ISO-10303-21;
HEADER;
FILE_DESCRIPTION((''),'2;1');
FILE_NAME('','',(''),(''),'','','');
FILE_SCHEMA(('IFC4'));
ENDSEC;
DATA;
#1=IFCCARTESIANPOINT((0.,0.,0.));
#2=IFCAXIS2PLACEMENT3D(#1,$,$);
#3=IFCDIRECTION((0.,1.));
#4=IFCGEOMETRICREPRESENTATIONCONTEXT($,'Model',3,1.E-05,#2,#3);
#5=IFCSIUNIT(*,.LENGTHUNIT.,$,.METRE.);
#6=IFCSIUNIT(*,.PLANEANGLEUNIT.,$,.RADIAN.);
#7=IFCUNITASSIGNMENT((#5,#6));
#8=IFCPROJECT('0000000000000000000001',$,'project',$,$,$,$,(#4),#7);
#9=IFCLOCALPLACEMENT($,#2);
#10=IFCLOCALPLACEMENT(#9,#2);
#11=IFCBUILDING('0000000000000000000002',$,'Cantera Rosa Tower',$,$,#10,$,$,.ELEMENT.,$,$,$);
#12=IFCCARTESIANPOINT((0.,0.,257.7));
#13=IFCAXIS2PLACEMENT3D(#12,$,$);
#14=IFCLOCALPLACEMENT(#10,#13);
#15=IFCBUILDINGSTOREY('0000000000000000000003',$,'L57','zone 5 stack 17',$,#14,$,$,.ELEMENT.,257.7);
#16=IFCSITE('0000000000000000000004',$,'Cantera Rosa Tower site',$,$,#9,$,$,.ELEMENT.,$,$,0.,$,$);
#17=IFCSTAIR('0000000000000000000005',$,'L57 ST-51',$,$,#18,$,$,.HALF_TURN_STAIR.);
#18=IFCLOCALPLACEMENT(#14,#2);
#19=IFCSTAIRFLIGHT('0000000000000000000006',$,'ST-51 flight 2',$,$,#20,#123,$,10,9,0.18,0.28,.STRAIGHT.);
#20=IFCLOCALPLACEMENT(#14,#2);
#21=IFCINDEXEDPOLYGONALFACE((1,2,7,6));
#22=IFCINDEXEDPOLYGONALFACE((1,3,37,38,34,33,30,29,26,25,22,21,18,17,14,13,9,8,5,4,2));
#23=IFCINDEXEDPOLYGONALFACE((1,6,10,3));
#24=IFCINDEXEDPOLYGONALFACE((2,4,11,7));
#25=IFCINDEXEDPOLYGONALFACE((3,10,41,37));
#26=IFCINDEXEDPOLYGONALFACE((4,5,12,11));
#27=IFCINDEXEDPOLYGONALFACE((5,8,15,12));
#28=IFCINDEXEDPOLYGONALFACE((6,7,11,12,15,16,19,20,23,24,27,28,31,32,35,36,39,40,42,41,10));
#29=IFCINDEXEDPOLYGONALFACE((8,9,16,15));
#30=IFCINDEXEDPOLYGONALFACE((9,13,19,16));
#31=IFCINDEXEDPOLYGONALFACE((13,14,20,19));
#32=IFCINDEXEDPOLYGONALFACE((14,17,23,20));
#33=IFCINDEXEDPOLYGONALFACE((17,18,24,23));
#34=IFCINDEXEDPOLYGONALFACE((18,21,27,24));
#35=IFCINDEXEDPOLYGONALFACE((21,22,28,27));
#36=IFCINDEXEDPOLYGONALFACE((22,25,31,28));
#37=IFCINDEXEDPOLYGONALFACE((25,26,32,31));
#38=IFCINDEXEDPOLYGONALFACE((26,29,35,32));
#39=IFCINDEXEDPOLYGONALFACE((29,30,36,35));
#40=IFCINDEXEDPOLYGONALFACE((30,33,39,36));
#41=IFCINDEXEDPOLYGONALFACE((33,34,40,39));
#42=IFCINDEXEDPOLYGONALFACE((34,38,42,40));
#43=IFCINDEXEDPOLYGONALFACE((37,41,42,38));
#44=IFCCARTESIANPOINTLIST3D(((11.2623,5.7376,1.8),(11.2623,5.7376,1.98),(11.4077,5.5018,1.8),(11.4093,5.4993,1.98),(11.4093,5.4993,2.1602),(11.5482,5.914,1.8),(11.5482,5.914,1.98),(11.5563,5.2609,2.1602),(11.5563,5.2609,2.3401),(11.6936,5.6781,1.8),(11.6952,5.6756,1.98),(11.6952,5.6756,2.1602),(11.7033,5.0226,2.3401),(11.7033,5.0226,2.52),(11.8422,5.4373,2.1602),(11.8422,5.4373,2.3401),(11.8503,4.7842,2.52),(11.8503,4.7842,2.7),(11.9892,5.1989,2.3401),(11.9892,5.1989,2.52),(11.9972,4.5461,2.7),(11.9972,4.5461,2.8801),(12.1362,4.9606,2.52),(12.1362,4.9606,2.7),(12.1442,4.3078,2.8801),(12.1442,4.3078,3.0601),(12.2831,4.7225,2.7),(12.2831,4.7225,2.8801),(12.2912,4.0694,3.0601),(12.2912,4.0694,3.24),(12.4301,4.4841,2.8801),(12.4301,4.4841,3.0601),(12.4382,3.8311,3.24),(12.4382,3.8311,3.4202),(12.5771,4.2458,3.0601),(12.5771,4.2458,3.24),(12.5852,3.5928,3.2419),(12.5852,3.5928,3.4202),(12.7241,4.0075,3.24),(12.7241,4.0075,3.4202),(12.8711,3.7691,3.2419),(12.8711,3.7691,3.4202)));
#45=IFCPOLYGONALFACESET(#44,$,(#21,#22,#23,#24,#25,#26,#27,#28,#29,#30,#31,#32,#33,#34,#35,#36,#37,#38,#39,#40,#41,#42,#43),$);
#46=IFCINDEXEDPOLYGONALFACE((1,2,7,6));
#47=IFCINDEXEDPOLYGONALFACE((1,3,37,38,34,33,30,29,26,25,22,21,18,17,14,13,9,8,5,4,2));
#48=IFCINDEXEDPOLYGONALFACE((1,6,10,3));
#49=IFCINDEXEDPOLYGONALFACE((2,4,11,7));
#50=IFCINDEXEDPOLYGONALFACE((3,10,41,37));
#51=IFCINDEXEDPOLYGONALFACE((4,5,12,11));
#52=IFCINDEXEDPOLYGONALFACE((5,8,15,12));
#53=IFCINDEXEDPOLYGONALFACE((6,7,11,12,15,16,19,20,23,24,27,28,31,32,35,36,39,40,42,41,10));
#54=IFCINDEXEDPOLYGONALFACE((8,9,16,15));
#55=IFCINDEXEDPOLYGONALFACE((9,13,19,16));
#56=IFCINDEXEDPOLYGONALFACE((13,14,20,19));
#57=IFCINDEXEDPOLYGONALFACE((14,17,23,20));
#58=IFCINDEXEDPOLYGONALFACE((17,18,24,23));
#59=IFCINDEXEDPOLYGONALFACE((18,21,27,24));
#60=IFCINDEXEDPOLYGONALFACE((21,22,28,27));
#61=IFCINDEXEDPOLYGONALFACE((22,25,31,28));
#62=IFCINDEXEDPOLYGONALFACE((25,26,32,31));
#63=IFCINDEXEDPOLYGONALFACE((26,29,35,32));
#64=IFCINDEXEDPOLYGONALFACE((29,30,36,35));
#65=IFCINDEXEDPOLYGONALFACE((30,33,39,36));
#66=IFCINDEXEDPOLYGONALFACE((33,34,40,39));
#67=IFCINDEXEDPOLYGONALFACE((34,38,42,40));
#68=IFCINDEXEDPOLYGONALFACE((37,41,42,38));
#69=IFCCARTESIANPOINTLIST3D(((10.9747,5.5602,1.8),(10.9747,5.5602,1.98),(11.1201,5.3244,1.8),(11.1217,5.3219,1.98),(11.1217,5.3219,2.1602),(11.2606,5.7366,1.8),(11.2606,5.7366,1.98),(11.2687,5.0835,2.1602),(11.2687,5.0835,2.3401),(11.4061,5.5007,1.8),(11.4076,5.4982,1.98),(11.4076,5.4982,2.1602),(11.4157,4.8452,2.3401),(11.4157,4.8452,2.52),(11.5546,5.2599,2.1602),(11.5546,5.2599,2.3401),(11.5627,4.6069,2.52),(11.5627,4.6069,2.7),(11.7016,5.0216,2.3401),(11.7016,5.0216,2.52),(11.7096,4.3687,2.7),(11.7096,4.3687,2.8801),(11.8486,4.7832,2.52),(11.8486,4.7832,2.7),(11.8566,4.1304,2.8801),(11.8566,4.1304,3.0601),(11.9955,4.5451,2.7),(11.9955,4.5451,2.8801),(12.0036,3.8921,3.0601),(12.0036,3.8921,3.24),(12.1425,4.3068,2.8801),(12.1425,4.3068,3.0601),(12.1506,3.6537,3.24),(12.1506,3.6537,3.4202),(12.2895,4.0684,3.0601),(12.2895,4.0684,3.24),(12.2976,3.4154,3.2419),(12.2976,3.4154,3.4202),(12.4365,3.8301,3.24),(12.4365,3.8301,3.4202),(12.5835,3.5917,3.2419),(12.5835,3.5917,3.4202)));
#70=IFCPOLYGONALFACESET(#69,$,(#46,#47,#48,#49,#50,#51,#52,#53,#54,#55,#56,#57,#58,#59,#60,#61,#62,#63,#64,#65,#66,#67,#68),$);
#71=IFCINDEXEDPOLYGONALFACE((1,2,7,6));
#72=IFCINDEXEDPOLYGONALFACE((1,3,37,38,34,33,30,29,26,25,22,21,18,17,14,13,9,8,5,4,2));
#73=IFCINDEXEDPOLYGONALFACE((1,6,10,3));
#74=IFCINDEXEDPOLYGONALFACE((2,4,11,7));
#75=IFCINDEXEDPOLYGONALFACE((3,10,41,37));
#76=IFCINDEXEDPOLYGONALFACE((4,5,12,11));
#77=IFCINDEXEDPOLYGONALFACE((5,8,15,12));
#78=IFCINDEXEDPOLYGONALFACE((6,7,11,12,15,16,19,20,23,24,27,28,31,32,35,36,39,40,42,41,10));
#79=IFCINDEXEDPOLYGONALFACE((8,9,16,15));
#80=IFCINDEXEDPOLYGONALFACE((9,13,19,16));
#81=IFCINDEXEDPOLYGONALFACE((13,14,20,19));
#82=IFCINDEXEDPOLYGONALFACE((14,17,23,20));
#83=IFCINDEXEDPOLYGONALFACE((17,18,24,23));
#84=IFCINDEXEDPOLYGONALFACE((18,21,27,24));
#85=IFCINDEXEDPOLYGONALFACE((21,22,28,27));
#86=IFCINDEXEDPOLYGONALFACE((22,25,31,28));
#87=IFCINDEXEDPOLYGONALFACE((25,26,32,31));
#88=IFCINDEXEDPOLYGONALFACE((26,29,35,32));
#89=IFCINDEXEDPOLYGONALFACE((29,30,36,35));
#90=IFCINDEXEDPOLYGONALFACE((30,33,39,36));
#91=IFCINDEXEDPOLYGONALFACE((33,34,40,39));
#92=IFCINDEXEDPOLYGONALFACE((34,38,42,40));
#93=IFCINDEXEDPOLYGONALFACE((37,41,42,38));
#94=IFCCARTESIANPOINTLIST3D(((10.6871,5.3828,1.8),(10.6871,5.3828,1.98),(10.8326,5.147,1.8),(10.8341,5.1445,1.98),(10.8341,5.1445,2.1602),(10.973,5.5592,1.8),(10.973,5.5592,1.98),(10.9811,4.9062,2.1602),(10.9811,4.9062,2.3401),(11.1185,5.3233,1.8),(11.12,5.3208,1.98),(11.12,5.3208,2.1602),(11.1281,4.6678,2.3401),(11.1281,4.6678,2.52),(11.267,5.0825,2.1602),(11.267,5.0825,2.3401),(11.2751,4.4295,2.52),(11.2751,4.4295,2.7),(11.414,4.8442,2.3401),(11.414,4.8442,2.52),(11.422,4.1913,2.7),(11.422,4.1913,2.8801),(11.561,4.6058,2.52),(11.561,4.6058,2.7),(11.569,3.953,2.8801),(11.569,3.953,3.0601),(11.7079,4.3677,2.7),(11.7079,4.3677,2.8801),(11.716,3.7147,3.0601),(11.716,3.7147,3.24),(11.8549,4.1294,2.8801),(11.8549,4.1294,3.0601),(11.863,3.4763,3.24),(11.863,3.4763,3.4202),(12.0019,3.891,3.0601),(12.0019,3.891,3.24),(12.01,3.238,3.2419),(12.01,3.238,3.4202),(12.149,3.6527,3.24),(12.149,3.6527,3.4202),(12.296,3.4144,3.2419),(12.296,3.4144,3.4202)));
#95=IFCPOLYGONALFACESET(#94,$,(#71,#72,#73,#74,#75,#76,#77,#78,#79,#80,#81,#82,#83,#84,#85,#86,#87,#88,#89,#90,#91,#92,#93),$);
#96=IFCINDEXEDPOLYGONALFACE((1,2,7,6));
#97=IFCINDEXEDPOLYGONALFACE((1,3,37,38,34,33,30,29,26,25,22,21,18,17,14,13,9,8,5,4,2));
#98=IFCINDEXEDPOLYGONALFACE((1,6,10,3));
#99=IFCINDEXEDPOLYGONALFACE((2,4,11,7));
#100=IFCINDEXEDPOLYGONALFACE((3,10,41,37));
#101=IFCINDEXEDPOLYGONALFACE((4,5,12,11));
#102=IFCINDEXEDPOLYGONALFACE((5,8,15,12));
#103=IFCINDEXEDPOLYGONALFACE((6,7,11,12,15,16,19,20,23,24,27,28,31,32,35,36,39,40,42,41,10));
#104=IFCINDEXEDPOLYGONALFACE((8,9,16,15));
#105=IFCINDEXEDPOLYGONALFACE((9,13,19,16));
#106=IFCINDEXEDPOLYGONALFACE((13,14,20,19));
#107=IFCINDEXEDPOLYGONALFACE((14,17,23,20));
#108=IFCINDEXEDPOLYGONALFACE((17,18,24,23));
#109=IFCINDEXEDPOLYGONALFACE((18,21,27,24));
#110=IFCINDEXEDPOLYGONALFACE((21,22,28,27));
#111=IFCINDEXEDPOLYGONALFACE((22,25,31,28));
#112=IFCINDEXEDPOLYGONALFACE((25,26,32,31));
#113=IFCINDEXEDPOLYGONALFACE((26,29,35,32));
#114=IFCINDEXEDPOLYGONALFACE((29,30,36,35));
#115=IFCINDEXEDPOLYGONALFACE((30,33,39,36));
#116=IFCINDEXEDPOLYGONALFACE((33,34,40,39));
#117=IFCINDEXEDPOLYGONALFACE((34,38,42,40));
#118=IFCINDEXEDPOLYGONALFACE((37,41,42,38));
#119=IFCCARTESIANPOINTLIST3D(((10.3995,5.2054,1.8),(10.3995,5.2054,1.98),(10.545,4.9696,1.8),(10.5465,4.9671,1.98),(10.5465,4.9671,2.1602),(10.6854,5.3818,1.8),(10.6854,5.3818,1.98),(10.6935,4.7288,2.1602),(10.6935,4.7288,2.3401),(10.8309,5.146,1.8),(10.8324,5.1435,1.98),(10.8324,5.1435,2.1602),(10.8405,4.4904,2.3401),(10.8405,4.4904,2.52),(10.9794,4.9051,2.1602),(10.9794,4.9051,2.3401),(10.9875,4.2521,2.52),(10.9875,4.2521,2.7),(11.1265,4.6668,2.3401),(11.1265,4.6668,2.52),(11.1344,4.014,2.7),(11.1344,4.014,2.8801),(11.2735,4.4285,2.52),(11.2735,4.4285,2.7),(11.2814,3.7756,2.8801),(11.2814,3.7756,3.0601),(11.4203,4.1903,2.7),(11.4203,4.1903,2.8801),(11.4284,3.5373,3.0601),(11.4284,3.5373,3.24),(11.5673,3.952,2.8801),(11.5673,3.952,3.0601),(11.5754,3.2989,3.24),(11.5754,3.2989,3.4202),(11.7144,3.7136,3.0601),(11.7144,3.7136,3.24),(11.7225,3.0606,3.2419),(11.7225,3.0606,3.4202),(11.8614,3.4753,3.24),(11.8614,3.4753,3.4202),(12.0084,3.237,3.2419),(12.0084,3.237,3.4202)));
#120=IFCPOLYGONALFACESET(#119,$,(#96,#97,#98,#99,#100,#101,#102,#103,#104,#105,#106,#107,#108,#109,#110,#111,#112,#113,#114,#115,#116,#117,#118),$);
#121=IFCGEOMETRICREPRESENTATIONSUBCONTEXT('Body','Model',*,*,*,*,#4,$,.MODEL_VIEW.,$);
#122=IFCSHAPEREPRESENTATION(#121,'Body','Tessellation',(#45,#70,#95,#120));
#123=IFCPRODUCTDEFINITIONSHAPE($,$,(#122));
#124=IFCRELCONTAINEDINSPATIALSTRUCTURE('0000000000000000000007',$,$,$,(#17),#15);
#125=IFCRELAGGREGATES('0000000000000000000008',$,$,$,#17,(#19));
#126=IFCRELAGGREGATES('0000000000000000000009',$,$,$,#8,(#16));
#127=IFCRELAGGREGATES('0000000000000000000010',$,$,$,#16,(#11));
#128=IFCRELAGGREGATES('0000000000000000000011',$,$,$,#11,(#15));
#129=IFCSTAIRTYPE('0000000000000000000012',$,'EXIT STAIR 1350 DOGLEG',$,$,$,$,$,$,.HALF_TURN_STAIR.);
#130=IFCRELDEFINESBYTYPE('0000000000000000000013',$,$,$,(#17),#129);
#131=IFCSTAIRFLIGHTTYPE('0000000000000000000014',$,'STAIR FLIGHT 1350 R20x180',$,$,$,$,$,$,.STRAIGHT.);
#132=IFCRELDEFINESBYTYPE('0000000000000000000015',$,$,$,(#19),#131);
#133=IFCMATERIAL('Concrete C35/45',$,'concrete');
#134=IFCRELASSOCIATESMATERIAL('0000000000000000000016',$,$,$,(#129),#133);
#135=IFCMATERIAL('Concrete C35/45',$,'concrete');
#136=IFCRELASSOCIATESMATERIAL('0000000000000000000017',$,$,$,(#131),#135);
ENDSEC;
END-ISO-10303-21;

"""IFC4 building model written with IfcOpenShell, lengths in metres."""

from ifc_helpers import new_model, si_unit, direction, frame, origin, place, context, subcontext, project, spatial, polyline, outline, extrude, material, type_object, element, aggregate, save


model = new_model("IFC4")

# Units and contexts
model_context = context("Model", 3, precision=1e-05, world=origin(), true_north=direction((0.0, 1.0)))
body_context = subcontext(model_context, "Body", "Model", "MODEL_VIEW")
ifc_project = project(units=[si_unit("LENGTHUNIT", "METRE"), si_unit("PLANEANGLEUNIT", "RADIAN")], contexts=[model_context])

# Site, building, storey
site_placement = place(None, origin())
site = spatial("IfcSite", under=ifc_project, at=site_placement, Name="Cantera Rosa Tower site", CompositionType="ELEMENT", RefElevation=0.0)
building_placement = place(site_placement, origin())
building = spatial("IfcBuilding", under=site, at=building_placement, Name="Cantera Rosa Tower", CompositionType="ELEMENT")
storey_placement = place(building_placement, frame((0.0, 0.0, 257.7)))
storey = spatial("IfcBuildingStorey", under=building, at=storey_placement, Name="L57", Description="zone 5 stack 17", CompositionType="ELEMENT", Elevation=257.7)

# Shared definitions
ifc_material_1 = material(Name="Concrete C35/45", Category="concrete")
stair_type_1 = type_object("IfcStairType", Name="EXIT STAIR 1350 DOGLEG", PredefinedType="HALF_TURN_STAIR", material=ifc_material_1)

# Stair, stair flight
stair_1_placement = place(storey_placement, origin())
stair_1 = element("IfcStair", 1, at=stair_1_placement, inside=storey, type_object=stair_type_1, Name="L57 ST-51", PredefinedType="HALF_TURN_STAIR")
ifc_material_2 = material(Name="Concrete C35/45", Category="concrete")
stair_flight_type = type_object("IfcStairFlightType", Name="STAIR FLIGHT 1350 R20x180", PredefinedType="STRAIGHT", material=ifc_material_2)
stair_flight_placement = place(storey_placement, frame((10.9736, 5.5596, 1.8), z_axis=(0.0, 0.0, 1.0), x_axis=(0.524977, -0.851117, 0.0)))
stair_flight = element("IfcStairFlight", 2, at=stair_flight_placement, type_object=stair_flight_type, Name="ST-51 flight 2", NumberOfRisers=10, NumberOfTreads=9, PredefinedType="STRAIGHT", RiserHeight=0.18, TreadLength=0.28, context=body_context, shape_type="SweptSolid", body=[
    extrude(outline(polyline([(0.0, 0.0), (0.0, 0.1799), (0.28, 0.1799), (0.28, 0.3601), (0.5601, 0.3601), (0.5601, 0.54), (0.8401, 0.54), (0.8401, 0.72), (1.1201, 0.72), (1.1201, 0.8999), (1.3999, 0.8999), (1.3999, 1.0801), (1.6799, 1.0801), (1.6799, 1.26), (1.96, 1.26), (1.96, 1.4399), (2.24, 1.4399), (2.24, 1.6201), (2.52, 1.6201), (2.52, 1.8), (2.52, 1.4419), (0.2771, 0.0), (0.0, 0.0)])), frame((0.0, 0.675, 0.0), z_axis=(0.0, -1.0, 0.0), x_axis=(1.0, 0.0, 0.0)), (0.0, 0.0, 1.0), 0.3359),
    extrude(outline(polyline([(0.0, 0.0), (0.0, 0.1799), (0.28, 0.1799), (0.28, 0.3601), (0.5601, 0.3601), (0.5601, 0.54), (0.8401, 0.54), (0.8401, 0.72), (1.1201, 0.72), (1.1201, 0.8999), (1.3999, 0.8999), (1.3999, 1.0801), (1.6799, 1.0801), (1.6799, 1.26), (1.96, 1.26), (1.96, 1.4399), (2.24, 1.4399), (2.24, 1.6201), (2.52, 1.6201), (2.52, 1.8), (2.52, 1.4419), (0.2771, 0.0), (0.0, 0.0)])), frame((0.0, 0.3372, 0.0), z_axis=(0.0, -1.0, 0.0), x_axis=(1.0, 0.0, 0.0)), (0.0, 0.0, 1.0), 0.3359),
    extrude(outline(polyline([(0.0, 0.0), (0.0, 0.1799), (0.28, 0.1799), (0.28, 0.3601), (0.5601, 0.3601), (0.5601, 0.54), (0.8401, 0.54), (0.8401, 0.72), (1.1201, 0.72), (1.1201, 0.8999), (1.3999, 0.8999), (1.3999, 1.0801), (1.6799, 1.0801), (1.6799, 1.26), (1.96, 1.26), (1.96, 1.4399), (2.24, 1.4399), (2.24, 1.6201), (2.52, 1.6201), (2.52, 1.8), (2.52, 1.4419), (0.2771, 0.0), (0.0, 0.0)])), frame((0.0, -0.0007, 0.0), z_axis=(0.0, -1.0, 0.0), x_axis=(1.0, 0.0, 0.0)), (0.0, 0.0, 1.0), 0.3359),
    extrude(outline(polyline([(0.0, 0.0), (0.0, 0.1799), (0.28, 0.1799), (0.28, 0.3601), (0.5601, 0.3601), (0.5601, 0.54), (0.8401, 0.54), (0.8401, 0.72), (1.1201, 0.72), (1.1201, 0.8999), (1.3999, 0.8999), (1.3999, 1.0801), (1.6799, 1.0801), (1.6799, 1.26), (1.96, 1.26), (1.96, 1.4399), (2.24, 1.4399), (2.24, 1.6201), (2.52, 1.6201), (2.52, 1.8), (2.52, 1.4419), (0.2771, 0.0), (0.0, 0.0)])), frame((0.0, -0.3386, 0.0), z_axis=(0.0, -1.0, 0.0), x_axis=(1.0, 0.0, 0.0)), (0.0, 0.0, 1.0), 0.3359),
])
aggregate(stair_1, [stair_flight])

save(model, "model.ifc")
